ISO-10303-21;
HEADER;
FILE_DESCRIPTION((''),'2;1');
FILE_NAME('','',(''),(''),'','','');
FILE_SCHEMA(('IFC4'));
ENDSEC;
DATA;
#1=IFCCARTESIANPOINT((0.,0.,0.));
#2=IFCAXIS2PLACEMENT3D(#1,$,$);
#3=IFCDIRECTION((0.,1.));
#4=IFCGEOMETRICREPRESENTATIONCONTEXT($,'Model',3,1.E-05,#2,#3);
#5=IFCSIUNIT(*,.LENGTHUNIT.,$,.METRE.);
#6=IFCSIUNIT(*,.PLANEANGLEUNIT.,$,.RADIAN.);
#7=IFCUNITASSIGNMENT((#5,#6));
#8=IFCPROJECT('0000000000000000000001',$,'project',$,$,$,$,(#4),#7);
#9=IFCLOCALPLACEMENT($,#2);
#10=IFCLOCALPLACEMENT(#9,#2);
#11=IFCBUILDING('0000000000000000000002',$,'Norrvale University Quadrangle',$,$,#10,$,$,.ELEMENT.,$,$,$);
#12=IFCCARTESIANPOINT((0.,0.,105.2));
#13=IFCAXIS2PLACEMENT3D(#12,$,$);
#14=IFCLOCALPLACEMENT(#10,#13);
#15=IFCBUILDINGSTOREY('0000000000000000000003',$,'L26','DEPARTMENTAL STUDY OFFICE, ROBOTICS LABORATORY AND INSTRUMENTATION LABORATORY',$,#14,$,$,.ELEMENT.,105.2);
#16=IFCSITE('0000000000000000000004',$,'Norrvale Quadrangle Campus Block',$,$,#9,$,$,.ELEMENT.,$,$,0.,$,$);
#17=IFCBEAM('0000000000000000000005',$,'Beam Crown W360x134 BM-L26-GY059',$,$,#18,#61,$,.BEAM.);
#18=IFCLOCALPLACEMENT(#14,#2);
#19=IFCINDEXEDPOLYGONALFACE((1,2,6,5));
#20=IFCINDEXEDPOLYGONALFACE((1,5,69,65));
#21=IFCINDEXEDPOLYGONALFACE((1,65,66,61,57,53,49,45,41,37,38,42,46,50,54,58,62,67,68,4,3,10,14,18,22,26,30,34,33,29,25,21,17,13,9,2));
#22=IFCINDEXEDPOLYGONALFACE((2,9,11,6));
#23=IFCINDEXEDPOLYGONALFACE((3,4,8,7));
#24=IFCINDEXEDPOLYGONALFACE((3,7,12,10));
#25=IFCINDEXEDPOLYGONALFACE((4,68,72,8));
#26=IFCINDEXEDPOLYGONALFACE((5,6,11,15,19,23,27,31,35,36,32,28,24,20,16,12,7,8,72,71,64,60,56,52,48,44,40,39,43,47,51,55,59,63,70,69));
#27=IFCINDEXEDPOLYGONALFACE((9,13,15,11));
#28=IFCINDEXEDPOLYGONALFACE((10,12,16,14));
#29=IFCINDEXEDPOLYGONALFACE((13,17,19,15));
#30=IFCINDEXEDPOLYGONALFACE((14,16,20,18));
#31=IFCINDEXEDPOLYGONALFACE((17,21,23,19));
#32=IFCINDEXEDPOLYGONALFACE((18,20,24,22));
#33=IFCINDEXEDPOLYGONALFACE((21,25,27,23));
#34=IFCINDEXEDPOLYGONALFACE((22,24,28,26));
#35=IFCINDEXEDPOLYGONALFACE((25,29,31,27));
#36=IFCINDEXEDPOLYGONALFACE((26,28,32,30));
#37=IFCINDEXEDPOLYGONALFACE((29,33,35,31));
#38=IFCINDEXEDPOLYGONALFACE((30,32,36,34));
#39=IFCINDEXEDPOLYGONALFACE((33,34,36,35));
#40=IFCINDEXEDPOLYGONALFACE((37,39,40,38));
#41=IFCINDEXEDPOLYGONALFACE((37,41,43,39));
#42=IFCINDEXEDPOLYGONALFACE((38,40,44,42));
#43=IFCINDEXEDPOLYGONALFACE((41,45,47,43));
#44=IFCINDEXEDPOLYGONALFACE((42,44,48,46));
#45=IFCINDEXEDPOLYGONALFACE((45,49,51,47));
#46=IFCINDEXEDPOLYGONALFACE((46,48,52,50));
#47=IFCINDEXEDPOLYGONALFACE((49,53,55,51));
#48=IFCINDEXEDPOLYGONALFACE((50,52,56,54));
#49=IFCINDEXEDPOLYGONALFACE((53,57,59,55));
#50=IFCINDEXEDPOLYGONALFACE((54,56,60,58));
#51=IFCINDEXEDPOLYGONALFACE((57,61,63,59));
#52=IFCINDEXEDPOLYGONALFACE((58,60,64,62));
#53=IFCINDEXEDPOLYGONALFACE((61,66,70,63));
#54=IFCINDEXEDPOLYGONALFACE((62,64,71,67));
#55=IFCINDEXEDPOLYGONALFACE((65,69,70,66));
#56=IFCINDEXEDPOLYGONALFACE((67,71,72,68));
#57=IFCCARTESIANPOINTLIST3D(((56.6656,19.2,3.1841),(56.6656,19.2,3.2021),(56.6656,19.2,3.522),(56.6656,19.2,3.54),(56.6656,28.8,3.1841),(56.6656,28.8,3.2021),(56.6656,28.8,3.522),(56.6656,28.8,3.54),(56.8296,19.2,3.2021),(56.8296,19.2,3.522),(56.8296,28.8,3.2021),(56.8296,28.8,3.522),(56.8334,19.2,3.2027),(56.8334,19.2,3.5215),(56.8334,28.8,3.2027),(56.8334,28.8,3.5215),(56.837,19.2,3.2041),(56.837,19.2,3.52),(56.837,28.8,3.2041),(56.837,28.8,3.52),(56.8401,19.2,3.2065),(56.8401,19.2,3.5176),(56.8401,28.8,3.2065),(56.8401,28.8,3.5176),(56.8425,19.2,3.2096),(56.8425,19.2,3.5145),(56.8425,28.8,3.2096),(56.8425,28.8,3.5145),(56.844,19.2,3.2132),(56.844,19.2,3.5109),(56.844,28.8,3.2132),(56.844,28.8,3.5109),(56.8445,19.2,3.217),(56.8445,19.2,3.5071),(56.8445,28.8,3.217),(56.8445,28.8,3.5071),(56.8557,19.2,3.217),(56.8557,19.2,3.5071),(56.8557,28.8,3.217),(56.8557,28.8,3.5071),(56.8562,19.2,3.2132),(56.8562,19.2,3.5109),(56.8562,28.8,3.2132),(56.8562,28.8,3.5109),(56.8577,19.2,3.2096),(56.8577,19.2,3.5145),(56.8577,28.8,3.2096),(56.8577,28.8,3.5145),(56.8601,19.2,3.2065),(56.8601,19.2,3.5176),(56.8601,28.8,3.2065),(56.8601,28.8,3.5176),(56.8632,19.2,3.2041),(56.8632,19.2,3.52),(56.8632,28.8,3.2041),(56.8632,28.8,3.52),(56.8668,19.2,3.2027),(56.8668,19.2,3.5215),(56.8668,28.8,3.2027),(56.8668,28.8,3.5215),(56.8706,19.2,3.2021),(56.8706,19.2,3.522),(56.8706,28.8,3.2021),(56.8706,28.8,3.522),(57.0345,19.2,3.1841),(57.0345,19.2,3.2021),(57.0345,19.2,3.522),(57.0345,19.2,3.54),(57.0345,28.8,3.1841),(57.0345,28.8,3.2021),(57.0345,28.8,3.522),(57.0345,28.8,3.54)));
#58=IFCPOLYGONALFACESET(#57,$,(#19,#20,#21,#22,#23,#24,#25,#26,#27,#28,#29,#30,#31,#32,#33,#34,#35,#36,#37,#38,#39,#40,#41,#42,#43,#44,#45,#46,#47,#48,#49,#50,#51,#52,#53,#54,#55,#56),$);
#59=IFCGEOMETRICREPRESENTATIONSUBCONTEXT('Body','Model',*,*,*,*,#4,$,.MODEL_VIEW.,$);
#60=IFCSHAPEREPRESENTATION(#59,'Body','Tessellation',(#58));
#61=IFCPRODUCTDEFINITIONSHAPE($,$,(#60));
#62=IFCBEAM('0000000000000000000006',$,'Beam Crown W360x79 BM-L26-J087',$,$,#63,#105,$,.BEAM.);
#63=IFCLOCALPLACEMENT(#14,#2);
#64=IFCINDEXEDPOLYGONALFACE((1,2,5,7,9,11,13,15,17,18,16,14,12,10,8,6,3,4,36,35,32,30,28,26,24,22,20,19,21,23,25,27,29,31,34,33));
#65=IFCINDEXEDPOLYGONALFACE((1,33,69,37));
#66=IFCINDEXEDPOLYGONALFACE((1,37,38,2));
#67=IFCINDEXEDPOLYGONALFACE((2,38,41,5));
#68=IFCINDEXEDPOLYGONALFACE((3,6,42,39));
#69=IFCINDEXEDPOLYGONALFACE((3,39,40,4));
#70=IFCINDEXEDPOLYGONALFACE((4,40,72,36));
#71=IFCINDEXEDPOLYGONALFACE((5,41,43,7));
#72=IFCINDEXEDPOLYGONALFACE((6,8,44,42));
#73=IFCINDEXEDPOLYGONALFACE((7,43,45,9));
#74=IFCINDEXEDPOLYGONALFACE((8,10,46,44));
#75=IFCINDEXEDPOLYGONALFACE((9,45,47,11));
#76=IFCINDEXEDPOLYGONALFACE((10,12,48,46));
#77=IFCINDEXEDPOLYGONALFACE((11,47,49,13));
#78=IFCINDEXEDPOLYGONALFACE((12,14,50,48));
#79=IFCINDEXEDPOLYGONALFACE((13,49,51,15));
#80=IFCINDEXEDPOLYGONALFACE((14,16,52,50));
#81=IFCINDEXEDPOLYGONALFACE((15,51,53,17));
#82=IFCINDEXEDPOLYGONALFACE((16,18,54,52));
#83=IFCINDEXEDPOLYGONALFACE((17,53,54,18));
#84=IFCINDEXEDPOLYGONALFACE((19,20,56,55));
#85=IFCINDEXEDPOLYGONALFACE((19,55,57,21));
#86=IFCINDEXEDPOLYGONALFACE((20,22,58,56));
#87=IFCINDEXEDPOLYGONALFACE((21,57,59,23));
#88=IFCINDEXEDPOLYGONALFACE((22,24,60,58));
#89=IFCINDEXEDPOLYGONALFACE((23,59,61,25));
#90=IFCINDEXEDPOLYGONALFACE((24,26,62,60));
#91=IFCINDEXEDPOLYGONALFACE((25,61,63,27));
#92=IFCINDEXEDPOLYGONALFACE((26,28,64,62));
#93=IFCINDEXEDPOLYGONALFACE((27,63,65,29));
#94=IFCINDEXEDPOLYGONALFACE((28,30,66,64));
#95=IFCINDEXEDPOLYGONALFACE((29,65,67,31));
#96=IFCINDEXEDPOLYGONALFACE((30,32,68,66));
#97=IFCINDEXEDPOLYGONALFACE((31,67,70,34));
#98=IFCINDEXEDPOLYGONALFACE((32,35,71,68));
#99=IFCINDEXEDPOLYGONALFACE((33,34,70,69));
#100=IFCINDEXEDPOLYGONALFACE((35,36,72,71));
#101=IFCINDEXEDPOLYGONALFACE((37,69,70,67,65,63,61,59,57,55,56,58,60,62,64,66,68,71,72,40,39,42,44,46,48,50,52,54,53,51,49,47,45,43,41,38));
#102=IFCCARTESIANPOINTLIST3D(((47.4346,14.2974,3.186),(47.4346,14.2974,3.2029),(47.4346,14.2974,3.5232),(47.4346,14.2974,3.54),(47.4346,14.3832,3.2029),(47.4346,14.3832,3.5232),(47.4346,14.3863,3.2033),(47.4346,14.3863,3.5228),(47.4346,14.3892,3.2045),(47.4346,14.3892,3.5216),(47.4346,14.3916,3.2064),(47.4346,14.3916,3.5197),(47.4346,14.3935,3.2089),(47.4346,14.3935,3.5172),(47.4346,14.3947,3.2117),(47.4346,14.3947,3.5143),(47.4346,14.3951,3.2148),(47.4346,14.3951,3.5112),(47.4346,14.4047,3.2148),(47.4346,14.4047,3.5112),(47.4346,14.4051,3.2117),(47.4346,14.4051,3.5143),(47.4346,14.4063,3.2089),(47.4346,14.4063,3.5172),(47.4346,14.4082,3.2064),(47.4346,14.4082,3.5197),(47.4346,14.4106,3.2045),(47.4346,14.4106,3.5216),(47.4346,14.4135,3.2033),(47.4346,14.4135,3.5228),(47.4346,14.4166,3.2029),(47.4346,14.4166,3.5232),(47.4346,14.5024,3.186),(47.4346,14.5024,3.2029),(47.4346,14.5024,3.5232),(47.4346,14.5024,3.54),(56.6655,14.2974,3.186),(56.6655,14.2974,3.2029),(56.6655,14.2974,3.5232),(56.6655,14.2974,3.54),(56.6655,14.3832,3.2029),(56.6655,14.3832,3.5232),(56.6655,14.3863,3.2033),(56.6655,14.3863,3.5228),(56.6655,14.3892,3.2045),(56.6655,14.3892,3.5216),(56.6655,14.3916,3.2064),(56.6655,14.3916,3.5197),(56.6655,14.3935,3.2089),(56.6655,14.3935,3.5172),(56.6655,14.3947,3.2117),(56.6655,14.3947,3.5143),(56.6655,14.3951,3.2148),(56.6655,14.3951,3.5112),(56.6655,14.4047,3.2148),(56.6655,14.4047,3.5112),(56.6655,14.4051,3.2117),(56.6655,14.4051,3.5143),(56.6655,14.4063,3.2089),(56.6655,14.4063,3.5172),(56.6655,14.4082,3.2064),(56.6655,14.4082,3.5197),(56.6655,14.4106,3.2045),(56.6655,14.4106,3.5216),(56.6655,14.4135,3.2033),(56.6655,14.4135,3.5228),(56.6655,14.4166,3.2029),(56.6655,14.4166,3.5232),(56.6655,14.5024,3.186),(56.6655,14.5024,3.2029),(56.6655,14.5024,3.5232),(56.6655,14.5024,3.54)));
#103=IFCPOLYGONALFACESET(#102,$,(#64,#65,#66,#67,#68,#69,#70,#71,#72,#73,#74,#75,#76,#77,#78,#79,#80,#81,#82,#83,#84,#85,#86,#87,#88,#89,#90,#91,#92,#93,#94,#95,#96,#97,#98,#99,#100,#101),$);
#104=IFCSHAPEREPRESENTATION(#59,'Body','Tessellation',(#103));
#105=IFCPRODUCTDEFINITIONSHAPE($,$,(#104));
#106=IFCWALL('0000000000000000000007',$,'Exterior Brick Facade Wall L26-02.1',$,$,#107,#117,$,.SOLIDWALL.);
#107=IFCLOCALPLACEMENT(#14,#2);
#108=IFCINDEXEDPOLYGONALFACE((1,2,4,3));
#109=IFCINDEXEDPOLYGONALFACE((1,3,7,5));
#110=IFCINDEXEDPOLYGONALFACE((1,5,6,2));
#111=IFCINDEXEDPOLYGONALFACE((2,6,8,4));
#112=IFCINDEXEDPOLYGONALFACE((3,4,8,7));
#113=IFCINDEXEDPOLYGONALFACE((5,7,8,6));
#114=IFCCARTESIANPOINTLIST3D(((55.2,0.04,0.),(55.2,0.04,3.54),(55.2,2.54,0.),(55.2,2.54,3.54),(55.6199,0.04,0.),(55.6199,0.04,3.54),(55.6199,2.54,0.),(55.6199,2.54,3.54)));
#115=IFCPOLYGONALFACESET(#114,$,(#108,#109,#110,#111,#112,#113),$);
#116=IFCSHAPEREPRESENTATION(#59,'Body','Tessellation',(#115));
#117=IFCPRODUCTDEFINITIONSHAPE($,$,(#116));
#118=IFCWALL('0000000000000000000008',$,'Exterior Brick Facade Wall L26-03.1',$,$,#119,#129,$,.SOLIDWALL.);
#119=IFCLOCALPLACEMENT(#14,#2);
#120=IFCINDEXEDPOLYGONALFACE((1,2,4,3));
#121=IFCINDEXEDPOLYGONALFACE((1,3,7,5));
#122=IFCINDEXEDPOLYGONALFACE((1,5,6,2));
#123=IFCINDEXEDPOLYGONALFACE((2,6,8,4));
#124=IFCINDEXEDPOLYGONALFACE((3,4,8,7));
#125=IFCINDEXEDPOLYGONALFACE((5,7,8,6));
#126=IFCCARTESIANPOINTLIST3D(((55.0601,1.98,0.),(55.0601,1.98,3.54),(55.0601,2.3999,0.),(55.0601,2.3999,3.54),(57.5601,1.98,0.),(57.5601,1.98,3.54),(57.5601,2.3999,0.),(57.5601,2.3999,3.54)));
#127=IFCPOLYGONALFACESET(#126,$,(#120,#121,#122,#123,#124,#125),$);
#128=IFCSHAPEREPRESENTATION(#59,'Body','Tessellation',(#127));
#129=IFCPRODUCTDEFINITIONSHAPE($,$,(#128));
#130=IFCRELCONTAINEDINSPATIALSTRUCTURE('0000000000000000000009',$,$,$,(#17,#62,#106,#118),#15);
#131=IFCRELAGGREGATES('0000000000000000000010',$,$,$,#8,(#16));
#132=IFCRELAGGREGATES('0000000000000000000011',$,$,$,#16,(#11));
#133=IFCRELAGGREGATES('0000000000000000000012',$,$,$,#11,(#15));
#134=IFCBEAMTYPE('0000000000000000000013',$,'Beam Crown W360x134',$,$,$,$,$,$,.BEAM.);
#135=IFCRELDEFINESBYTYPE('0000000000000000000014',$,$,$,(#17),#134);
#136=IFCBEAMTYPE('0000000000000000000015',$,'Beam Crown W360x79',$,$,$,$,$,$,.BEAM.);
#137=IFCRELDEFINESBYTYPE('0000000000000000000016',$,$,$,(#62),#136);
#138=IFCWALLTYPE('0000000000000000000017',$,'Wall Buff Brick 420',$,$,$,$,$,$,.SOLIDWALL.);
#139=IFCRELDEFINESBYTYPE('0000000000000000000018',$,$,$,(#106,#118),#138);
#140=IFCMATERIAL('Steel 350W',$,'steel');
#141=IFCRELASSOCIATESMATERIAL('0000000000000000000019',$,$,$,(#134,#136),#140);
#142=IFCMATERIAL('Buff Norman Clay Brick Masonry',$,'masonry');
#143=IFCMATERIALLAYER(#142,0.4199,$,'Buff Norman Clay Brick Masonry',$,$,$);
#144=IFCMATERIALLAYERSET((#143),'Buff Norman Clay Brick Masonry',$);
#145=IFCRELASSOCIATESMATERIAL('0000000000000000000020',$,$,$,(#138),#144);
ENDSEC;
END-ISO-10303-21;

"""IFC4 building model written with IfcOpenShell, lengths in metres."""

from ifc_helpers import new_model, si_unit, direction, frame, frame_2d, origin, origin_2d, place, context, subcontext, project, spatial, rectangle, i_section, extrude, material, layer, layer_set, material_profile, profile_set, type_object, element, save


model = new_model("IFC4")

# Units and contexts
model_context = context("Model", 3, precision=1e-05, world=origin(), true_north=direction((0.0, 1.0)))
body_context = subcontext(model_context, "Body", "Model", "MODEL_VIEW")
ifc_project = project(units=[si_unit("LENGTHUNIT", "METRE"), si_unit("PLANEANGLEUNIT", "RADIAN")], contexts=[model_context])

# Site, building, storey
site_placement = place(None, origin())
site = spatial("IfcSite", under=ifc_project, at=site_placement, Name="Norrvale Quadrangle Campus Block", CompositionType="ELEMENT", RefElevation=0.0)
building_placement = place(site_placement, origin())
building = spatial("IfcBuilding", under=site, at=building_placement, Name="Norrvale University Quadrangle", CompositionType="ELEMENT")
storey_placement = place(building_placement, frame((0.0, 0.0, 105.2)))
storey = spatial("IfcBuildingStorey", under=building, at=storey_placement, Name="L26", Description="DEPARTMENTAL STUDY OFFICE, ROBOTICS LABORATORY AND INSTRUMENTATION LABORATORY", CompositionType="ELEMENT", Elevation=105.2)

# Beams
ifc_material_1 = material(Name="Steel 350W", Category="steel")
ifc_material_profile_1 = material_profile(ifc_material_1, i_section(OverallWidth=0.3689, OverallDepth=0.356, WebThickness=0.0112, FlangeThickness=0.0181, FilletRadius=0.0149, at=origin_2d()), Name="Steel 350W")
ifc_profile_set_1 = profile_set([ifc_material_profile_1], Name="Steel 350W")
beam_type_1 = type_object("IfcBeamType", Name="Beam Crown W360x134", PredefinedType="BEAM", material=ifc_profile_set_1)
beam_1_placement = place(storey_placement, frame((56.8501, 19.2, 3.3621), z_axis=(0.0, 1.0, 0.0), x_axis=(-1.0, 0.0, 0.0)))
element("IfcBeam", 1, at=beam_1_placement, inside=storey, type_object=beam_type_1, Name="Beam Crown W360x134 BM-L26-GY059", PredefinedType="BEAM", context=body_context, shape_type="SweptSolid", body=[
    extrude(i_section(OverallWidth=0.3689, OverallDepth=0.356, WebThickness=0.0112, FlangeThickness=0.0181, FilletRadius=0.0149, at=origin_2d()), origin(), (0.0, 0.0, 1.0), 9.6001),
])
ifc_material_profile_2 = material_profile(ifc_material_1, i_section(OverallWidth=0.2051, OverallDepth=0.354, WebThickness=0.0095, FlangeThickness=0.0168, FilletRadius=0.012, at=origin_2d()), Name="Steel 350W")
ifc_profile_set_2 = profile_set([ifc_material_profile_2], Name="Steel 350W")
beam_type_2 = type_object("IfcBeamType", Name="Beam Crown W360x79", PredefinedType="BEAM", material=ifc_profile_set_2)
beam_2_placement = place(storey_placement, frame((47.4346, 14.3999, 3.363), z_axis=(1.0, 0.0, 0.0), x_axis=(0.0, 1.0, 0.0)))
element("IfcBeam", 2, at=beam_2_placement, inside=storey, type_object=beam_type_2, Name="Beam Crown W360x79 BM-L26-J087", PredefinedType="BEAM", context=body_context, shape_type="SweptSolid", body=[
    extrude(i_section(OverallWidth=0.2051, OverallDepth=0.354, WebThickness=0.0095, FlangeThickness=0.0168, FilletRadius=0.012, at=origin_2d()), origin(), (0.0, 0.0, 1.0), 9.231),
])

# Walls
ifc_material_2 = material(Name="Buff Norman Clay Brick Masonry", Category="masonry")
ifc_layer_1 = layer(ifc_material_2, 0.4199, Name="Buff Norman Clay Brick Masonry")
ifc_layer_set_1 = layer_set([ifc_layer_1], Name="Buff Norman Clay Brick Masonry")
wall_type_1 = type_object("IfcWallType", Name="Wall Buff Brick 420", PredefinedType="SOLIDWALL", material=ifc_layer_set_1)
for number, where, z_axis, x_axis, name in (
    (3, (55.4099, 0.04, 0.0), (0.0, 0.0, 1.0), (0.0, 1.0, 0.0), "Exterior Brick Facade Wall L26-02.1"),
    (4, (55.0601, 2.1899, 0.0), (0.0, 0.0, 1.0), (1.0, 0.0, 0.0), "Exterior Brick Facade Wall L26-03.1"),
):
    element("IfcWall", number, at=place(storey_placement, frame(where, z_axis=z_axis, x_axis=x_axis)), inside=storey, type_object=wall_type_1, Name=name, PredefinedType="SOLIDWALL", context=body_context, shape_type="SweptSolid", body=[
        extrude(rectangle(XDim=2.5, YDim=0.4199, at=frame_2d((1.25, 0.0))), origin(), (0.0, 0.0, 1.0), 3.54),
    ])

save(model, "model.ifc")
